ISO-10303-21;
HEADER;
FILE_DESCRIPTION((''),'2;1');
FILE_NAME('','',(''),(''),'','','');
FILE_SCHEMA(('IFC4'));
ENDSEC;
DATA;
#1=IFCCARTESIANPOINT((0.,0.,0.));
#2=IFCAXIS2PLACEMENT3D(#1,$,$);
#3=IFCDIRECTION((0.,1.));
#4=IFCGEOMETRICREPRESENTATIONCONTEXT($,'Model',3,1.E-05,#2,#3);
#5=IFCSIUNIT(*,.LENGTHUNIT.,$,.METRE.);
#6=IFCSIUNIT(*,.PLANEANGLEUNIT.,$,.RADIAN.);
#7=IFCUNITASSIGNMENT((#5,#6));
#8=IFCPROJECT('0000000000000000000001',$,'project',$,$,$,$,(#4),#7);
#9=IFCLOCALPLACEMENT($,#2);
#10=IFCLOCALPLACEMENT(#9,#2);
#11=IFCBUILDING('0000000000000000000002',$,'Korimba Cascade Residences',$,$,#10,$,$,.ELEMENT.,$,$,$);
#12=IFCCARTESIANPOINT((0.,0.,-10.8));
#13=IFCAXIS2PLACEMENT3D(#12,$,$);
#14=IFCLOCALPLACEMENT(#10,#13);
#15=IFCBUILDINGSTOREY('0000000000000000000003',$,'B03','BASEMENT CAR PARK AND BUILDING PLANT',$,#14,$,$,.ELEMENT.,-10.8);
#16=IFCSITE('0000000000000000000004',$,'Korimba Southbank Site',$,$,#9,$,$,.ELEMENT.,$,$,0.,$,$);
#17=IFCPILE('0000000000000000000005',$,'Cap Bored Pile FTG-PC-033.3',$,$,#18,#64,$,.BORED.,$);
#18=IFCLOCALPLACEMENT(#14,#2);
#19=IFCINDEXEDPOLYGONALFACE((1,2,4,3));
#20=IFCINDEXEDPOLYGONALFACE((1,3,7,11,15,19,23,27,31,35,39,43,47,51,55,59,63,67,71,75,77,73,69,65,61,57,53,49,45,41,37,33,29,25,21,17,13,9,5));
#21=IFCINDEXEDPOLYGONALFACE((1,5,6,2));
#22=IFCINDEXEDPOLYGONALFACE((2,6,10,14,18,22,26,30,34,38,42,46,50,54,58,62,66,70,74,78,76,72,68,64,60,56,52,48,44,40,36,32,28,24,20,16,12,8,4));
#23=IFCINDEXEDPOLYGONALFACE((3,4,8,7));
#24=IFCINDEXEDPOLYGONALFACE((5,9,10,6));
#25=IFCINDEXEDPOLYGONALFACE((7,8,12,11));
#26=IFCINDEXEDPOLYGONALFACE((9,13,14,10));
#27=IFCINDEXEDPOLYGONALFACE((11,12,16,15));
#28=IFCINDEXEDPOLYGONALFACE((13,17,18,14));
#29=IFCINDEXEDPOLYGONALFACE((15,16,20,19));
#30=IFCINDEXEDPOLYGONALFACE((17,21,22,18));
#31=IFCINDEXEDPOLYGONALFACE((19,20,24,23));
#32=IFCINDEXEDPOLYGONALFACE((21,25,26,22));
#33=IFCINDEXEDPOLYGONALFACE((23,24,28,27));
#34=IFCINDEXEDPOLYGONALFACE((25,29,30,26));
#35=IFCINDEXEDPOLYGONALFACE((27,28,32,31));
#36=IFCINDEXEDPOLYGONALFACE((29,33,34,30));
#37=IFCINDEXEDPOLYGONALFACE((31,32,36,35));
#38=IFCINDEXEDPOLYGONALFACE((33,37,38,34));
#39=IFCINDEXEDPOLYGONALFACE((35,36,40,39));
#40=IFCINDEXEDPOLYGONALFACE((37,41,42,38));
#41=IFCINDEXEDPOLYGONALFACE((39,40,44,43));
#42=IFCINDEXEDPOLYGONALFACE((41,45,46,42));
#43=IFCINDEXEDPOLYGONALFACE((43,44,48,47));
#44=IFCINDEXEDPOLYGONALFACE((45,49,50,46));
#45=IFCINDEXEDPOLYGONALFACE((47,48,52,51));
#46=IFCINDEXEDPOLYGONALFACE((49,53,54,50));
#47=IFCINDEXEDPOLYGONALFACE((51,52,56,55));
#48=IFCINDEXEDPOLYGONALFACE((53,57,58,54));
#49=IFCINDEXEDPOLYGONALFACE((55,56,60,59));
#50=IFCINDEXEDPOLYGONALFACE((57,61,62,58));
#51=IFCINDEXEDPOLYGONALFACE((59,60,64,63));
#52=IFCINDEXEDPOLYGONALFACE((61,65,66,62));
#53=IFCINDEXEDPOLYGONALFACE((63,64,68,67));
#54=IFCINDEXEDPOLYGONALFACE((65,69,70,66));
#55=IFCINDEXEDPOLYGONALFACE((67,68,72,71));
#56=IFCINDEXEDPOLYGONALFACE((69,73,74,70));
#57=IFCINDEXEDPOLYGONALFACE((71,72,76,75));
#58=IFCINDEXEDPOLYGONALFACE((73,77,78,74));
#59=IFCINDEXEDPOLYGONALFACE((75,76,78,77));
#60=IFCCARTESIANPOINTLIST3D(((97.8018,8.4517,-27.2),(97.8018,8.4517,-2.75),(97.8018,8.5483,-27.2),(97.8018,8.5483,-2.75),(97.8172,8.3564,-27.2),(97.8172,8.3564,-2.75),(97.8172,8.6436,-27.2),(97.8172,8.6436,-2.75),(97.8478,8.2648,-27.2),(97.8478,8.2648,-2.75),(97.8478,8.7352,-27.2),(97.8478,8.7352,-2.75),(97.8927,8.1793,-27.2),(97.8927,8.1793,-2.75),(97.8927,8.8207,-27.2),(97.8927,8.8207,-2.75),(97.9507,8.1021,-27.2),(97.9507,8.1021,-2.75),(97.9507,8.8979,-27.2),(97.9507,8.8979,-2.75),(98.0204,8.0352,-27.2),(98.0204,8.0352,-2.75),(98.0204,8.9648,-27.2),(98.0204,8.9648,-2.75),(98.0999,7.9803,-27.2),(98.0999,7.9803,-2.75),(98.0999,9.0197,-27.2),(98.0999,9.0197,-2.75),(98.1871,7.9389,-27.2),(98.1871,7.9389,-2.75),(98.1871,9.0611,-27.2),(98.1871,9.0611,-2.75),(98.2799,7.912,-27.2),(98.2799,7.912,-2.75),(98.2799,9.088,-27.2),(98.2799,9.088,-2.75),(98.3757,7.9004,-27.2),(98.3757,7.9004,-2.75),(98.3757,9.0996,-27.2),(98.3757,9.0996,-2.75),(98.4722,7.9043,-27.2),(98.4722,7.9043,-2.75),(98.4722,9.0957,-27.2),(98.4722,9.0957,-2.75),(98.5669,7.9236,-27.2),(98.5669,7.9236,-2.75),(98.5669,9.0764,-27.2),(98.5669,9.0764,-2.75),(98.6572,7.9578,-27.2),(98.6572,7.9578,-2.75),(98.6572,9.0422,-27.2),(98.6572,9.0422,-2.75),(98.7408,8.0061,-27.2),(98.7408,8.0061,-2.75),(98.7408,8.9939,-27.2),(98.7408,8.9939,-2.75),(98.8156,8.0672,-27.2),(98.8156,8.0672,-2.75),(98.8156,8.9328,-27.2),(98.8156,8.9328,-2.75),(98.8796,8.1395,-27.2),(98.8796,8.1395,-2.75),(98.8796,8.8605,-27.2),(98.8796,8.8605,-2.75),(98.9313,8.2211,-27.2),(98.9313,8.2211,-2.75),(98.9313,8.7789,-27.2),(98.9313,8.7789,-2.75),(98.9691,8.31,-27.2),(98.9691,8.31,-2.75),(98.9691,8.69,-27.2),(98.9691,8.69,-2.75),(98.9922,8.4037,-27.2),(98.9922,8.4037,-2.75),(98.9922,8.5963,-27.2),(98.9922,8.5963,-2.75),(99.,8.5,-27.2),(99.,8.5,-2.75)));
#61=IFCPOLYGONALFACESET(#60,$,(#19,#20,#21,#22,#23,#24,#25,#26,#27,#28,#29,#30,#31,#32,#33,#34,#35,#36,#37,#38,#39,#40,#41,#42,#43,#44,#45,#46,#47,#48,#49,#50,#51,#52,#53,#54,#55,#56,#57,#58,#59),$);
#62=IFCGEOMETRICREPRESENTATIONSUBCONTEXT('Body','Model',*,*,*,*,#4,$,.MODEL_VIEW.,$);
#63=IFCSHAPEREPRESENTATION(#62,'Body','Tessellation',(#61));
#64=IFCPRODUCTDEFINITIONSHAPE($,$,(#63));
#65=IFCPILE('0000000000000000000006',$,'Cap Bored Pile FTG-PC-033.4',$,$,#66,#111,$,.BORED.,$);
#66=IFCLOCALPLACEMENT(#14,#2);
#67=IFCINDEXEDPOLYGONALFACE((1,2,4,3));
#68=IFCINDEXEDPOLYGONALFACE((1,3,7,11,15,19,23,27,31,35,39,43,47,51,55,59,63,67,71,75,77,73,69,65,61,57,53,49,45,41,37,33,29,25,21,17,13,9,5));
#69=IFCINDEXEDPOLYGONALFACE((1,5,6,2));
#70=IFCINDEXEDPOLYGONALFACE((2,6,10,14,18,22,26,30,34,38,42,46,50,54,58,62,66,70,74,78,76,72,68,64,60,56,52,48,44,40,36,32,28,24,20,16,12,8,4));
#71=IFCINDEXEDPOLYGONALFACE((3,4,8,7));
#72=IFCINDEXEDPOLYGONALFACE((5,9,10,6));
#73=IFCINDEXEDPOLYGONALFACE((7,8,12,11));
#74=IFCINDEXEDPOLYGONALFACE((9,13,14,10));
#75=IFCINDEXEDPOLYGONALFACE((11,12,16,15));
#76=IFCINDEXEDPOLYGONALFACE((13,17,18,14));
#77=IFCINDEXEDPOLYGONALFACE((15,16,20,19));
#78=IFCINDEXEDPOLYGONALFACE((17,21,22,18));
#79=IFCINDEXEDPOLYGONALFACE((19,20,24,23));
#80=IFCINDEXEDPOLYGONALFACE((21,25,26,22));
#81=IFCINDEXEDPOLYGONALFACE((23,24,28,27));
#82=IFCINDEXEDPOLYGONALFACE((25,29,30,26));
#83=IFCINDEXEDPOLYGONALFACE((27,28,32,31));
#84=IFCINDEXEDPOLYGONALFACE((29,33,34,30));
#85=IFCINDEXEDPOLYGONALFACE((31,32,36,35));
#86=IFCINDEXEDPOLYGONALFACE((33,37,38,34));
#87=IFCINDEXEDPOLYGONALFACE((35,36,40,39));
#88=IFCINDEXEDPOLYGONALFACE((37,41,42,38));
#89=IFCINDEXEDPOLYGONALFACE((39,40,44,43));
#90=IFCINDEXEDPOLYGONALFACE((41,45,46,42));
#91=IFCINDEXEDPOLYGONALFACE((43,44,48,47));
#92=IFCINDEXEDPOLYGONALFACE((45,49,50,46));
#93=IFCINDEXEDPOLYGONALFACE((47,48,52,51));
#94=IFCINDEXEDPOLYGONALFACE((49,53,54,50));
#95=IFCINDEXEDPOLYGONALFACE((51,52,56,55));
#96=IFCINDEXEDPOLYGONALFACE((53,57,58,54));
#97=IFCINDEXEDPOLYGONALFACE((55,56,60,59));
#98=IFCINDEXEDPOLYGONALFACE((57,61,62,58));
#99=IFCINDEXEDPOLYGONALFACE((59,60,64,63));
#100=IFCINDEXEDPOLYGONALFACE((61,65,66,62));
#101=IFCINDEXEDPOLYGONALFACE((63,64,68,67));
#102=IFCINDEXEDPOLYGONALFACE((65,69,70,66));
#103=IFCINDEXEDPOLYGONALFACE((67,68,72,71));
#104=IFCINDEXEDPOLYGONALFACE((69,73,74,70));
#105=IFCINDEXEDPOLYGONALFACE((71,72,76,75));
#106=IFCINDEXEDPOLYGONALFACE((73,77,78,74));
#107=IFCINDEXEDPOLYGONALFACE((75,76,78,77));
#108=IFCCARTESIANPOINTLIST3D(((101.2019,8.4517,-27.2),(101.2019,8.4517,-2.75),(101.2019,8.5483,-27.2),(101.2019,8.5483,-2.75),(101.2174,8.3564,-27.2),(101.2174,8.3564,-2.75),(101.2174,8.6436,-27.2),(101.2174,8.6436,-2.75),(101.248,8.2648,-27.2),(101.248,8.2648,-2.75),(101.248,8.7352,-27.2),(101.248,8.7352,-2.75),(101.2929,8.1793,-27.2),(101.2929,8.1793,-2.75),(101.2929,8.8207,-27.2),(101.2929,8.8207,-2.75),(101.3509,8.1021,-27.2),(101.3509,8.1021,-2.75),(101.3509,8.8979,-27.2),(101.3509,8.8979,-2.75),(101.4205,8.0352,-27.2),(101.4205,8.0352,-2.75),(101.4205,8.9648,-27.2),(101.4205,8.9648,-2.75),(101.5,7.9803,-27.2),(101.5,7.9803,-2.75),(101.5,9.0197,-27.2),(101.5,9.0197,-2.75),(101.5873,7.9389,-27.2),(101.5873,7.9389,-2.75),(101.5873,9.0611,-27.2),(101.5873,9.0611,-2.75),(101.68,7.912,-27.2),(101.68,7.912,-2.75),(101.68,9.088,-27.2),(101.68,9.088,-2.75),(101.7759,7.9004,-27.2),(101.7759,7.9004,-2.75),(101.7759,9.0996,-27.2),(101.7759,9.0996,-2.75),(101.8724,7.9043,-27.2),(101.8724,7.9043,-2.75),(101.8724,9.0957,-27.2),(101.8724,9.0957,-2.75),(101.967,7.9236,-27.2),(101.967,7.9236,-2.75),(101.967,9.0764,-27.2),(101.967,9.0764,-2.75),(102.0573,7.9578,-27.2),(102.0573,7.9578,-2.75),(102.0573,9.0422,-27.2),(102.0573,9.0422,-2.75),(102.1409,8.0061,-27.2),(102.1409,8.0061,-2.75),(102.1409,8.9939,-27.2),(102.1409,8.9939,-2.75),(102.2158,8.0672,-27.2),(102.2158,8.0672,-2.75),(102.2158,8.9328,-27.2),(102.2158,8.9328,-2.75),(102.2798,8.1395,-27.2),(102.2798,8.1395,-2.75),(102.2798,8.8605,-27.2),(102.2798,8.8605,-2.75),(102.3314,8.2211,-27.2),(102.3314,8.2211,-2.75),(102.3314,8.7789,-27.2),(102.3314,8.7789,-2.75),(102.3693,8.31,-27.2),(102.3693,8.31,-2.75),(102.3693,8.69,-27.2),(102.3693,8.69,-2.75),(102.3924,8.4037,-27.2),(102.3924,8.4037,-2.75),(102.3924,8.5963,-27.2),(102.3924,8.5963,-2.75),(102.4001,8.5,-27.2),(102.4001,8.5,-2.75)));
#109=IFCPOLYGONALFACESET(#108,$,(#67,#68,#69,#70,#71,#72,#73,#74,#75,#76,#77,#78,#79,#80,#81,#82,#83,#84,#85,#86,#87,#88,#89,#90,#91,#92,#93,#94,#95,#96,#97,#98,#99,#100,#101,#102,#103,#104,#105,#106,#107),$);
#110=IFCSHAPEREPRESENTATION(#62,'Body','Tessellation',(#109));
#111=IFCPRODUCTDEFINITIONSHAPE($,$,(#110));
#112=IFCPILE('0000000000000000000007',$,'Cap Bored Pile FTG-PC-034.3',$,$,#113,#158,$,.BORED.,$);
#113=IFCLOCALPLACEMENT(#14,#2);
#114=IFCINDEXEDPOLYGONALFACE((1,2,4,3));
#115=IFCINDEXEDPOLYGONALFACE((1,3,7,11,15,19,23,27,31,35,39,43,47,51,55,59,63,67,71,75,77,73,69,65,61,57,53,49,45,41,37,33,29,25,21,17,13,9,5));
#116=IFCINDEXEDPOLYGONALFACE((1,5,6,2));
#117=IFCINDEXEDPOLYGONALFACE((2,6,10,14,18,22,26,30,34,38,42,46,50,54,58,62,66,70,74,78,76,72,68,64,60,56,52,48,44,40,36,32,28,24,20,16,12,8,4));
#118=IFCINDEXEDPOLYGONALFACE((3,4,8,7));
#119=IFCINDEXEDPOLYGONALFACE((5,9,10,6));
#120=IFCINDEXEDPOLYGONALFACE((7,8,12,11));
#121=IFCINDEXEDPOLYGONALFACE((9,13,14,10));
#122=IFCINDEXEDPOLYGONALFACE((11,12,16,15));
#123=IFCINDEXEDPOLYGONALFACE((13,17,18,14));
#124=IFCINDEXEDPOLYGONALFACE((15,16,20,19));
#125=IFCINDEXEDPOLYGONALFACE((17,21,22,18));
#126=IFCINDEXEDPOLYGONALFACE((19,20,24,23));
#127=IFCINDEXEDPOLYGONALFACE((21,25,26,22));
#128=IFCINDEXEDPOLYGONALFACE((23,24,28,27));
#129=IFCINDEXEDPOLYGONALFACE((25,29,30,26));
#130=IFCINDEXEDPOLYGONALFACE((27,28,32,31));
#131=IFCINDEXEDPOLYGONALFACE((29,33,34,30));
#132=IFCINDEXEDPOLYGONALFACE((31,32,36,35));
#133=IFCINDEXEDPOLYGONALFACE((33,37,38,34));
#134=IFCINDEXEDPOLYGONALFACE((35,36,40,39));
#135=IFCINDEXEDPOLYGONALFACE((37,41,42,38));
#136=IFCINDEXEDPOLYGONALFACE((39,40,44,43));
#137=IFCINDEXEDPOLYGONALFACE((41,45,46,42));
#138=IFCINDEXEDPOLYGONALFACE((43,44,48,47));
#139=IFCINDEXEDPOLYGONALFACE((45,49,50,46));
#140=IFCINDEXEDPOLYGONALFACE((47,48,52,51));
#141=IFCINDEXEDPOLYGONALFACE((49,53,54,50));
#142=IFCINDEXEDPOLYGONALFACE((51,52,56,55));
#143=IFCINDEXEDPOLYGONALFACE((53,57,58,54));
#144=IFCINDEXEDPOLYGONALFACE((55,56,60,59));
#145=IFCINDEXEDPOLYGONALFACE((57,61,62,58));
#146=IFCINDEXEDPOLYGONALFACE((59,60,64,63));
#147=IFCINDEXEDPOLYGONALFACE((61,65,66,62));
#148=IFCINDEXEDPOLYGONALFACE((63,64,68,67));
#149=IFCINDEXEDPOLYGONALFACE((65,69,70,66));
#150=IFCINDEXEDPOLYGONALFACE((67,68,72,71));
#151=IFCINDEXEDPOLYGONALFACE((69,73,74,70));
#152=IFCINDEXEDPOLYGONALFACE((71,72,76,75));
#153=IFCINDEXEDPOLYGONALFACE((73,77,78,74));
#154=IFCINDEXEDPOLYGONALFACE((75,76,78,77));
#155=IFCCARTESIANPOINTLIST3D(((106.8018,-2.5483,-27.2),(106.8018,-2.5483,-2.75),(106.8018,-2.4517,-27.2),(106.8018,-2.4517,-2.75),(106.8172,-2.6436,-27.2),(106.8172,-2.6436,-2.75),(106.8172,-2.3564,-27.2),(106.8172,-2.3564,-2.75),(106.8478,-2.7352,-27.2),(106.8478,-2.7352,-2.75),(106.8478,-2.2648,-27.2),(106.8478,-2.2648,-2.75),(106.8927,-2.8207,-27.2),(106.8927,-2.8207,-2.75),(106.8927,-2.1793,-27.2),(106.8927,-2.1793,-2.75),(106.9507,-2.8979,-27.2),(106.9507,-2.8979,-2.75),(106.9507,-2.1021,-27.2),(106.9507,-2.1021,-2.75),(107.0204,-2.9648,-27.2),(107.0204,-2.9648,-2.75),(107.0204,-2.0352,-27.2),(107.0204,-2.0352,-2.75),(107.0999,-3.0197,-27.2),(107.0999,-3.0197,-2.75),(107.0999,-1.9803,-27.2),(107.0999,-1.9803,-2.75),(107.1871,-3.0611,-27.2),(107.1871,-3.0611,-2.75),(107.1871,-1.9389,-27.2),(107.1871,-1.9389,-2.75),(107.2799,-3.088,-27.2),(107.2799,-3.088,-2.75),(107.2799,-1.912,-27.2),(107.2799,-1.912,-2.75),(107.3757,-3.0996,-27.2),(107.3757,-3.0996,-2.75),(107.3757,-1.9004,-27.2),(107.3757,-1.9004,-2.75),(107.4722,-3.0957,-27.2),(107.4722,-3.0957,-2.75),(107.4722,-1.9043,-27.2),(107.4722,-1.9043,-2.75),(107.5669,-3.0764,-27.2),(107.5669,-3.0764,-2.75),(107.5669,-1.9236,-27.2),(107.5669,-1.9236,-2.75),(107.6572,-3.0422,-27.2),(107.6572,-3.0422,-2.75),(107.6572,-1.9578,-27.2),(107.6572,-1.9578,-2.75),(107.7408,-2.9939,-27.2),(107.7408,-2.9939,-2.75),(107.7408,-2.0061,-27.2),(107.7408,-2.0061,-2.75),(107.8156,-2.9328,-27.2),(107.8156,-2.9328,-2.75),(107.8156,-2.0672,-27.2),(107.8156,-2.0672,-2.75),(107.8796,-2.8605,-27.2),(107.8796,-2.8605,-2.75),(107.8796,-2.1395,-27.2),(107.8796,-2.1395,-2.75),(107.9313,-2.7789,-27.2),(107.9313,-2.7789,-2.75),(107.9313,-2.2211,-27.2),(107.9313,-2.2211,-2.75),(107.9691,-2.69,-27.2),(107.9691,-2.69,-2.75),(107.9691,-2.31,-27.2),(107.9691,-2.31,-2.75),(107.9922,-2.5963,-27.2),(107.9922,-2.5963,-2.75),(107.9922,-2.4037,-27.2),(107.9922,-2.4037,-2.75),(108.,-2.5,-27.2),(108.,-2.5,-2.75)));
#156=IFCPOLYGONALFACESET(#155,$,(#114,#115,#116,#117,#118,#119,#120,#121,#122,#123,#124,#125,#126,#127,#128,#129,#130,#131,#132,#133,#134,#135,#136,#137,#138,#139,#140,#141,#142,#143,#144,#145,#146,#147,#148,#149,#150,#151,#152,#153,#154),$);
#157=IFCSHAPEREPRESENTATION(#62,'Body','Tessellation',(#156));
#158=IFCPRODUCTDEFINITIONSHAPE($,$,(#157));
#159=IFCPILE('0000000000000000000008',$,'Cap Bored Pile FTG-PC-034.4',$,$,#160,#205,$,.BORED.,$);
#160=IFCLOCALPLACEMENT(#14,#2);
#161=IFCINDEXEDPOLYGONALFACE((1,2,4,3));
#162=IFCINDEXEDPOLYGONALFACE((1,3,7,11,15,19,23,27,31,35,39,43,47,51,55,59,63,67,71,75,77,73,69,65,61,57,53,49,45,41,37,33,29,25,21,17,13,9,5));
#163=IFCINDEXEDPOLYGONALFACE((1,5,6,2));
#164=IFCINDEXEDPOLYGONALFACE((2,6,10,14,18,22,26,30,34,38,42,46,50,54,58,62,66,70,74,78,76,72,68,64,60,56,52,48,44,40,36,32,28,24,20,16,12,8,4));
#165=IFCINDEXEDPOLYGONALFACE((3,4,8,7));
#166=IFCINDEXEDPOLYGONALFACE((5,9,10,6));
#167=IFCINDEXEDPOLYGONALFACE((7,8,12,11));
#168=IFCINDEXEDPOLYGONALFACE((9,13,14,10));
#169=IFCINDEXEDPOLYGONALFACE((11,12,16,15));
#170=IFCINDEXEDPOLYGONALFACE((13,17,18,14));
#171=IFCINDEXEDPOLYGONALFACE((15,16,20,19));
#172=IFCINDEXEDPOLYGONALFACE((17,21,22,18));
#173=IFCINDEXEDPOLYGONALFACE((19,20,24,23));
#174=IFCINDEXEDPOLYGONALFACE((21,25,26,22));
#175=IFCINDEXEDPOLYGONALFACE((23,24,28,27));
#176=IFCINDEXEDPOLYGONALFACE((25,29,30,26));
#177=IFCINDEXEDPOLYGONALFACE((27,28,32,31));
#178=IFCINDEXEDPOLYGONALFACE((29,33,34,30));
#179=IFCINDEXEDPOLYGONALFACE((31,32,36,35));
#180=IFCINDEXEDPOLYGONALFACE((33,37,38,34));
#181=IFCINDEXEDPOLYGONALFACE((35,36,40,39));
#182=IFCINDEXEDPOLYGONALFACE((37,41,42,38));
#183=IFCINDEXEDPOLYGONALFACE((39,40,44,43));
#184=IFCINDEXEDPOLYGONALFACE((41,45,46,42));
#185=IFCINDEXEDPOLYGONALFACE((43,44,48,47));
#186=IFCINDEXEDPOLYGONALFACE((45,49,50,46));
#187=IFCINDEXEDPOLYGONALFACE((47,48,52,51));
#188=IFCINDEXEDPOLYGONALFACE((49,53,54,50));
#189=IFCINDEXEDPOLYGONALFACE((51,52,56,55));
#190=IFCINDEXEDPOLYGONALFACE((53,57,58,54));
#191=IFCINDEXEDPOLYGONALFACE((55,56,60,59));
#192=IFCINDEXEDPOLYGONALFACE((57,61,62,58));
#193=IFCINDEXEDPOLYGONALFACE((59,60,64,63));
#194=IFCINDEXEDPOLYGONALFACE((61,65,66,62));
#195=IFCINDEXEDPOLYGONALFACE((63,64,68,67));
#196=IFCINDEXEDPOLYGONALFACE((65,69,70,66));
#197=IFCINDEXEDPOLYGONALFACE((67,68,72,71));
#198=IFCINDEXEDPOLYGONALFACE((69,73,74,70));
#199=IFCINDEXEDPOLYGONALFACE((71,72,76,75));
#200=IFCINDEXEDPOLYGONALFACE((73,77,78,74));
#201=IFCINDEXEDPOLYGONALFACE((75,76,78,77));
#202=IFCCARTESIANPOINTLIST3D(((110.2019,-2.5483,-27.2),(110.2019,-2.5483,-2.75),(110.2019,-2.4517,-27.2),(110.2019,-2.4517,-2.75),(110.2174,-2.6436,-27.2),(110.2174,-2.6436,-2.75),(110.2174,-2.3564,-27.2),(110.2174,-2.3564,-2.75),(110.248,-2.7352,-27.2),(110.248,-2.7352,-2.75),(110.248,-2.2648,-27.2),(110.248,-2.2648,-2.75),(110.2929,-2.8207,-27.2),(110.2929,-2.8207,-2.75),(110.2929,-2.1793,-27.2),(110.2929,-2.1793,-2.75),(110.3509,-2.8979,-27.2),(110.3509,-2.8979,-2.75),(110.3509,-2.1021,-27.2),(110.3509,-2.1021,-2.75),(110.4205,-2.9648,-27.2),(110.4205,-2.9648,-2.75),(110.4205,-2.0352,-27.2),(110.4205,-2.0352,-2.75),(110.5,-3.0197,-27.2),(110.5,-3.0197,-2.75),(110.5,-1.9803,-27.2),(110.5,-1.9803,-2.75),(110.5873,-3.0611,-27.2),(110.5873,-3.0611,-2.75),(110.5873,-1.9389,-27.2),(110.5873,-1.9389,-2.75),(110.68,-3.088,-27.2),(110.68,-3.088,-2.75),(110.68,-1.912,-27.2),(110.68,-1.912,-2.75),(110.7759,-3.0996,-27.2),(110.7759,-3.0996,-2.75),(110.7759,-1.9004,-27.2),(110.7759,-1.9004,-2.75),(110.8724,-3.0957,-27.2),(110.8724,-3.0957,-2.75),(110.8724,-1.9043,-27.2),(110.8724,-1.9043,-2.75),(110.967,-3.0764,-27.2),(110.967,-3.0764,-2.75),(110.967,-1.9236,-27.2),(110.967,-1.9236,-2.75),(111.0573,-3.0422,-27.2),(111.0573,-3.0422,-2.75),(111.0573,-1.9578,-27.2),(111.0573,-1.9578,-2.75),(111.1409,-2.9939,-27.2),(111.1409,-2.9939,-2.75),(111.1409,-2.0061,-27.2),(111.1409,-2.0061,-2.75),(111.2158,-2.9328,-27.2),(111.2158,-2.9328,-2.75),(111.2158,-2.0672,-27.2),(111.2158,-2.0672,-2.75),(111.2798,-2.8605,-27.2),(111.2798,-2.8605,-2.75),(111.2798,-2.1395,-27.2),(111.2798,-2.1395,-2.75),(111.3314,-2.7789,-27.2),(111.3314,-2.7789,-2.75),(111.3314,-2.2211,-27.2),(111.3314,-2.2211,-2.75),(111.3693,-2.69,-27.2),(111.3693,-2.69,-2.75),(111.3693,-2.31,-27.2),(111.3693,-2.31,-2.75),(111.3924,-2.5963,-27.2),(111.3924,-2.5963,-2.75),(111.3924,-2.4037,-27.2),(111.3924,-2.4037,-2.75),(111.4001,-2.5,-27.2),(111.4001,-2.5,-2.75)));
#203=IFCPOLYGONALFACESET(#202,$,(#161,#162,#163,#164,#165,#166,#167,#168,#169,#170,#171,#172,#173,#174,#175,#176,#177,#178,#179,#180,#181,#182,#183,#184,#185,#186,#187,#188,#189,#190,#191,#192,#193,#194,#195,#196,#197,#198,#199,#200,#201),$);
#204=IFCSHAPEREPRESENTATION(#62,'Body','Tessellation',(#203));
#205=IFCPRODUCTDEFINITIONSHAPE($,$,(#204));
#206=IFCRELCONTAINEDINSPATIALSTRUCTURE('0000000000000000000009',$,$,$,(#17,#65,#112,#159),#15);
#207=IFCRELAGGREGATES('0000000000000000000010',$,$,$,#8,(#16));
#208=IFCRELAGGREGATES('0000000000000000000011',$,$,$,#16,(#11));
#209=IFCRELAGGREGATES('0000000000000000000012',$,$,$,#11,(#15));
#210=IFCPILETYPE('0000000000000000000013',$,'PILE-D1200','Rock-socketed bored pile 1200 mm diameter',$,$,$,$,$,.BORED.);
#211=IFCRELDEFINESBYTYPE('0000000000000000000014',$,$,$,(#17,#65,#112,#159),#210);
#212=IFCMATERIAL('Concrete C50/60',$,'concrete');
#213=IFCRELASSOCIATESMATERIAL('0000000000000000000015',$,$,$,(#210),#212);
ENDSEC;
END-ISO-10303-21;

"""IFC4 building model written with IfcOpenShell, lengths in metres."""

from ifc_helpers import new_model, si_unit, direction, frame, origin, origin_2d, place, context, subcontext, project, spatial, circle, extrude, material, material_profile, profile_set, type_object, element, save


model = new_model("IFC4")

# Units and contexts
model_context = context("Model", 3, precision=1e-05, world=origin(), true_north=direction((0.0, 1.0)))
body_context = subcontext(model_context, "Body", "Model", "MODEL_VIEW")
ifc_project = project(units=[si_unit("LENGTHUNIT", "METRE"), si_unit("PLANEANGLEUNIT", "RADIAN")], contexts=[model_context])

# Site, building, storey
site_placement = place(None, origin())
site = spatial("IfcSite", under=ifc_project, at=site_placement, Name="Korimba Southbank Site", CompositionType="ELEMENT", RefElevation=0.0)
building_placement = place(site_placement, origin())
building = spatial("IfcBuilding", under=site, at=building_placement, Name="Korimba Cascade Residences", CompositionType="ELEMENT")
storey_placement = place(building_placement, frame((0.0, 0.0, -10.8)))
storey = spatial("IfcBuildingStorey", under=building, at=storey_placement, Name="B03", Description="BASEMENT CAR PARK AND BUILDING PLANT", CompositionType="ELEMENT", Elevation=-10.8)

# Piles
ifc_material_1 = material(Name="Concrete C50/60", Category="concrete")
ifc_material_profile_1 = material_profile(ifc_material_1, circle(Radius=0.6001, at=origin_2d()), Name="Concrete C50/60")
ifc_profile_set_1 = profile_set([ifc_material_profile_1], Name="Concrete C50/60")
pile_type = type_object("IfcPileType", Name="PILE-D1200", Description="Rock-socketed bored pile 1200 mm diameter", PredefinedType="BORED", material=ifc_profile_set_1)
for number, where, z_axis, x_axis, name in (
    (1, (98.3999, 8.5, -2.75), (0.0, 0.0, -1.0), (1.0, 0.0, 0.0), "Cap Bored Pile FTG-PC-033.3"),
    (2, (101.8, 8.5, -2.75), (0.0, 0.0, -1.0), (1.0, 0.0, 0.0), "Cap Bored Pile FTG-PC-033.4"),
    (3, (107.3999, -2.5, -2.75), (0.0, 0.0, -1.0), (1.0, 0.0, 0.0), "Cap Bored Pile FTG-PC-034.3"),
    (4, (110.8, -2.5, -2.75), (0.0, 0.0, -1.0), (1.0, 0.0, 0.0), "Cap Bored Pile FTG-PC-034.4"),
):
    element("IfcPile", number, at=place(storey_placement, frame(where, z_axis=z_axis, x_axis=x_axis)), inside=storey, type_object=pile_type, Name=name, PredefinedType="BORED", context=body_context, shape_type="SweptSolid", body=[
        extrude(circle(Radius=0.6001, at=origin_2d()), origin(), (0.0, 0.0, 1.0), 24.45),
    ])

save(model, "model.ifc")
